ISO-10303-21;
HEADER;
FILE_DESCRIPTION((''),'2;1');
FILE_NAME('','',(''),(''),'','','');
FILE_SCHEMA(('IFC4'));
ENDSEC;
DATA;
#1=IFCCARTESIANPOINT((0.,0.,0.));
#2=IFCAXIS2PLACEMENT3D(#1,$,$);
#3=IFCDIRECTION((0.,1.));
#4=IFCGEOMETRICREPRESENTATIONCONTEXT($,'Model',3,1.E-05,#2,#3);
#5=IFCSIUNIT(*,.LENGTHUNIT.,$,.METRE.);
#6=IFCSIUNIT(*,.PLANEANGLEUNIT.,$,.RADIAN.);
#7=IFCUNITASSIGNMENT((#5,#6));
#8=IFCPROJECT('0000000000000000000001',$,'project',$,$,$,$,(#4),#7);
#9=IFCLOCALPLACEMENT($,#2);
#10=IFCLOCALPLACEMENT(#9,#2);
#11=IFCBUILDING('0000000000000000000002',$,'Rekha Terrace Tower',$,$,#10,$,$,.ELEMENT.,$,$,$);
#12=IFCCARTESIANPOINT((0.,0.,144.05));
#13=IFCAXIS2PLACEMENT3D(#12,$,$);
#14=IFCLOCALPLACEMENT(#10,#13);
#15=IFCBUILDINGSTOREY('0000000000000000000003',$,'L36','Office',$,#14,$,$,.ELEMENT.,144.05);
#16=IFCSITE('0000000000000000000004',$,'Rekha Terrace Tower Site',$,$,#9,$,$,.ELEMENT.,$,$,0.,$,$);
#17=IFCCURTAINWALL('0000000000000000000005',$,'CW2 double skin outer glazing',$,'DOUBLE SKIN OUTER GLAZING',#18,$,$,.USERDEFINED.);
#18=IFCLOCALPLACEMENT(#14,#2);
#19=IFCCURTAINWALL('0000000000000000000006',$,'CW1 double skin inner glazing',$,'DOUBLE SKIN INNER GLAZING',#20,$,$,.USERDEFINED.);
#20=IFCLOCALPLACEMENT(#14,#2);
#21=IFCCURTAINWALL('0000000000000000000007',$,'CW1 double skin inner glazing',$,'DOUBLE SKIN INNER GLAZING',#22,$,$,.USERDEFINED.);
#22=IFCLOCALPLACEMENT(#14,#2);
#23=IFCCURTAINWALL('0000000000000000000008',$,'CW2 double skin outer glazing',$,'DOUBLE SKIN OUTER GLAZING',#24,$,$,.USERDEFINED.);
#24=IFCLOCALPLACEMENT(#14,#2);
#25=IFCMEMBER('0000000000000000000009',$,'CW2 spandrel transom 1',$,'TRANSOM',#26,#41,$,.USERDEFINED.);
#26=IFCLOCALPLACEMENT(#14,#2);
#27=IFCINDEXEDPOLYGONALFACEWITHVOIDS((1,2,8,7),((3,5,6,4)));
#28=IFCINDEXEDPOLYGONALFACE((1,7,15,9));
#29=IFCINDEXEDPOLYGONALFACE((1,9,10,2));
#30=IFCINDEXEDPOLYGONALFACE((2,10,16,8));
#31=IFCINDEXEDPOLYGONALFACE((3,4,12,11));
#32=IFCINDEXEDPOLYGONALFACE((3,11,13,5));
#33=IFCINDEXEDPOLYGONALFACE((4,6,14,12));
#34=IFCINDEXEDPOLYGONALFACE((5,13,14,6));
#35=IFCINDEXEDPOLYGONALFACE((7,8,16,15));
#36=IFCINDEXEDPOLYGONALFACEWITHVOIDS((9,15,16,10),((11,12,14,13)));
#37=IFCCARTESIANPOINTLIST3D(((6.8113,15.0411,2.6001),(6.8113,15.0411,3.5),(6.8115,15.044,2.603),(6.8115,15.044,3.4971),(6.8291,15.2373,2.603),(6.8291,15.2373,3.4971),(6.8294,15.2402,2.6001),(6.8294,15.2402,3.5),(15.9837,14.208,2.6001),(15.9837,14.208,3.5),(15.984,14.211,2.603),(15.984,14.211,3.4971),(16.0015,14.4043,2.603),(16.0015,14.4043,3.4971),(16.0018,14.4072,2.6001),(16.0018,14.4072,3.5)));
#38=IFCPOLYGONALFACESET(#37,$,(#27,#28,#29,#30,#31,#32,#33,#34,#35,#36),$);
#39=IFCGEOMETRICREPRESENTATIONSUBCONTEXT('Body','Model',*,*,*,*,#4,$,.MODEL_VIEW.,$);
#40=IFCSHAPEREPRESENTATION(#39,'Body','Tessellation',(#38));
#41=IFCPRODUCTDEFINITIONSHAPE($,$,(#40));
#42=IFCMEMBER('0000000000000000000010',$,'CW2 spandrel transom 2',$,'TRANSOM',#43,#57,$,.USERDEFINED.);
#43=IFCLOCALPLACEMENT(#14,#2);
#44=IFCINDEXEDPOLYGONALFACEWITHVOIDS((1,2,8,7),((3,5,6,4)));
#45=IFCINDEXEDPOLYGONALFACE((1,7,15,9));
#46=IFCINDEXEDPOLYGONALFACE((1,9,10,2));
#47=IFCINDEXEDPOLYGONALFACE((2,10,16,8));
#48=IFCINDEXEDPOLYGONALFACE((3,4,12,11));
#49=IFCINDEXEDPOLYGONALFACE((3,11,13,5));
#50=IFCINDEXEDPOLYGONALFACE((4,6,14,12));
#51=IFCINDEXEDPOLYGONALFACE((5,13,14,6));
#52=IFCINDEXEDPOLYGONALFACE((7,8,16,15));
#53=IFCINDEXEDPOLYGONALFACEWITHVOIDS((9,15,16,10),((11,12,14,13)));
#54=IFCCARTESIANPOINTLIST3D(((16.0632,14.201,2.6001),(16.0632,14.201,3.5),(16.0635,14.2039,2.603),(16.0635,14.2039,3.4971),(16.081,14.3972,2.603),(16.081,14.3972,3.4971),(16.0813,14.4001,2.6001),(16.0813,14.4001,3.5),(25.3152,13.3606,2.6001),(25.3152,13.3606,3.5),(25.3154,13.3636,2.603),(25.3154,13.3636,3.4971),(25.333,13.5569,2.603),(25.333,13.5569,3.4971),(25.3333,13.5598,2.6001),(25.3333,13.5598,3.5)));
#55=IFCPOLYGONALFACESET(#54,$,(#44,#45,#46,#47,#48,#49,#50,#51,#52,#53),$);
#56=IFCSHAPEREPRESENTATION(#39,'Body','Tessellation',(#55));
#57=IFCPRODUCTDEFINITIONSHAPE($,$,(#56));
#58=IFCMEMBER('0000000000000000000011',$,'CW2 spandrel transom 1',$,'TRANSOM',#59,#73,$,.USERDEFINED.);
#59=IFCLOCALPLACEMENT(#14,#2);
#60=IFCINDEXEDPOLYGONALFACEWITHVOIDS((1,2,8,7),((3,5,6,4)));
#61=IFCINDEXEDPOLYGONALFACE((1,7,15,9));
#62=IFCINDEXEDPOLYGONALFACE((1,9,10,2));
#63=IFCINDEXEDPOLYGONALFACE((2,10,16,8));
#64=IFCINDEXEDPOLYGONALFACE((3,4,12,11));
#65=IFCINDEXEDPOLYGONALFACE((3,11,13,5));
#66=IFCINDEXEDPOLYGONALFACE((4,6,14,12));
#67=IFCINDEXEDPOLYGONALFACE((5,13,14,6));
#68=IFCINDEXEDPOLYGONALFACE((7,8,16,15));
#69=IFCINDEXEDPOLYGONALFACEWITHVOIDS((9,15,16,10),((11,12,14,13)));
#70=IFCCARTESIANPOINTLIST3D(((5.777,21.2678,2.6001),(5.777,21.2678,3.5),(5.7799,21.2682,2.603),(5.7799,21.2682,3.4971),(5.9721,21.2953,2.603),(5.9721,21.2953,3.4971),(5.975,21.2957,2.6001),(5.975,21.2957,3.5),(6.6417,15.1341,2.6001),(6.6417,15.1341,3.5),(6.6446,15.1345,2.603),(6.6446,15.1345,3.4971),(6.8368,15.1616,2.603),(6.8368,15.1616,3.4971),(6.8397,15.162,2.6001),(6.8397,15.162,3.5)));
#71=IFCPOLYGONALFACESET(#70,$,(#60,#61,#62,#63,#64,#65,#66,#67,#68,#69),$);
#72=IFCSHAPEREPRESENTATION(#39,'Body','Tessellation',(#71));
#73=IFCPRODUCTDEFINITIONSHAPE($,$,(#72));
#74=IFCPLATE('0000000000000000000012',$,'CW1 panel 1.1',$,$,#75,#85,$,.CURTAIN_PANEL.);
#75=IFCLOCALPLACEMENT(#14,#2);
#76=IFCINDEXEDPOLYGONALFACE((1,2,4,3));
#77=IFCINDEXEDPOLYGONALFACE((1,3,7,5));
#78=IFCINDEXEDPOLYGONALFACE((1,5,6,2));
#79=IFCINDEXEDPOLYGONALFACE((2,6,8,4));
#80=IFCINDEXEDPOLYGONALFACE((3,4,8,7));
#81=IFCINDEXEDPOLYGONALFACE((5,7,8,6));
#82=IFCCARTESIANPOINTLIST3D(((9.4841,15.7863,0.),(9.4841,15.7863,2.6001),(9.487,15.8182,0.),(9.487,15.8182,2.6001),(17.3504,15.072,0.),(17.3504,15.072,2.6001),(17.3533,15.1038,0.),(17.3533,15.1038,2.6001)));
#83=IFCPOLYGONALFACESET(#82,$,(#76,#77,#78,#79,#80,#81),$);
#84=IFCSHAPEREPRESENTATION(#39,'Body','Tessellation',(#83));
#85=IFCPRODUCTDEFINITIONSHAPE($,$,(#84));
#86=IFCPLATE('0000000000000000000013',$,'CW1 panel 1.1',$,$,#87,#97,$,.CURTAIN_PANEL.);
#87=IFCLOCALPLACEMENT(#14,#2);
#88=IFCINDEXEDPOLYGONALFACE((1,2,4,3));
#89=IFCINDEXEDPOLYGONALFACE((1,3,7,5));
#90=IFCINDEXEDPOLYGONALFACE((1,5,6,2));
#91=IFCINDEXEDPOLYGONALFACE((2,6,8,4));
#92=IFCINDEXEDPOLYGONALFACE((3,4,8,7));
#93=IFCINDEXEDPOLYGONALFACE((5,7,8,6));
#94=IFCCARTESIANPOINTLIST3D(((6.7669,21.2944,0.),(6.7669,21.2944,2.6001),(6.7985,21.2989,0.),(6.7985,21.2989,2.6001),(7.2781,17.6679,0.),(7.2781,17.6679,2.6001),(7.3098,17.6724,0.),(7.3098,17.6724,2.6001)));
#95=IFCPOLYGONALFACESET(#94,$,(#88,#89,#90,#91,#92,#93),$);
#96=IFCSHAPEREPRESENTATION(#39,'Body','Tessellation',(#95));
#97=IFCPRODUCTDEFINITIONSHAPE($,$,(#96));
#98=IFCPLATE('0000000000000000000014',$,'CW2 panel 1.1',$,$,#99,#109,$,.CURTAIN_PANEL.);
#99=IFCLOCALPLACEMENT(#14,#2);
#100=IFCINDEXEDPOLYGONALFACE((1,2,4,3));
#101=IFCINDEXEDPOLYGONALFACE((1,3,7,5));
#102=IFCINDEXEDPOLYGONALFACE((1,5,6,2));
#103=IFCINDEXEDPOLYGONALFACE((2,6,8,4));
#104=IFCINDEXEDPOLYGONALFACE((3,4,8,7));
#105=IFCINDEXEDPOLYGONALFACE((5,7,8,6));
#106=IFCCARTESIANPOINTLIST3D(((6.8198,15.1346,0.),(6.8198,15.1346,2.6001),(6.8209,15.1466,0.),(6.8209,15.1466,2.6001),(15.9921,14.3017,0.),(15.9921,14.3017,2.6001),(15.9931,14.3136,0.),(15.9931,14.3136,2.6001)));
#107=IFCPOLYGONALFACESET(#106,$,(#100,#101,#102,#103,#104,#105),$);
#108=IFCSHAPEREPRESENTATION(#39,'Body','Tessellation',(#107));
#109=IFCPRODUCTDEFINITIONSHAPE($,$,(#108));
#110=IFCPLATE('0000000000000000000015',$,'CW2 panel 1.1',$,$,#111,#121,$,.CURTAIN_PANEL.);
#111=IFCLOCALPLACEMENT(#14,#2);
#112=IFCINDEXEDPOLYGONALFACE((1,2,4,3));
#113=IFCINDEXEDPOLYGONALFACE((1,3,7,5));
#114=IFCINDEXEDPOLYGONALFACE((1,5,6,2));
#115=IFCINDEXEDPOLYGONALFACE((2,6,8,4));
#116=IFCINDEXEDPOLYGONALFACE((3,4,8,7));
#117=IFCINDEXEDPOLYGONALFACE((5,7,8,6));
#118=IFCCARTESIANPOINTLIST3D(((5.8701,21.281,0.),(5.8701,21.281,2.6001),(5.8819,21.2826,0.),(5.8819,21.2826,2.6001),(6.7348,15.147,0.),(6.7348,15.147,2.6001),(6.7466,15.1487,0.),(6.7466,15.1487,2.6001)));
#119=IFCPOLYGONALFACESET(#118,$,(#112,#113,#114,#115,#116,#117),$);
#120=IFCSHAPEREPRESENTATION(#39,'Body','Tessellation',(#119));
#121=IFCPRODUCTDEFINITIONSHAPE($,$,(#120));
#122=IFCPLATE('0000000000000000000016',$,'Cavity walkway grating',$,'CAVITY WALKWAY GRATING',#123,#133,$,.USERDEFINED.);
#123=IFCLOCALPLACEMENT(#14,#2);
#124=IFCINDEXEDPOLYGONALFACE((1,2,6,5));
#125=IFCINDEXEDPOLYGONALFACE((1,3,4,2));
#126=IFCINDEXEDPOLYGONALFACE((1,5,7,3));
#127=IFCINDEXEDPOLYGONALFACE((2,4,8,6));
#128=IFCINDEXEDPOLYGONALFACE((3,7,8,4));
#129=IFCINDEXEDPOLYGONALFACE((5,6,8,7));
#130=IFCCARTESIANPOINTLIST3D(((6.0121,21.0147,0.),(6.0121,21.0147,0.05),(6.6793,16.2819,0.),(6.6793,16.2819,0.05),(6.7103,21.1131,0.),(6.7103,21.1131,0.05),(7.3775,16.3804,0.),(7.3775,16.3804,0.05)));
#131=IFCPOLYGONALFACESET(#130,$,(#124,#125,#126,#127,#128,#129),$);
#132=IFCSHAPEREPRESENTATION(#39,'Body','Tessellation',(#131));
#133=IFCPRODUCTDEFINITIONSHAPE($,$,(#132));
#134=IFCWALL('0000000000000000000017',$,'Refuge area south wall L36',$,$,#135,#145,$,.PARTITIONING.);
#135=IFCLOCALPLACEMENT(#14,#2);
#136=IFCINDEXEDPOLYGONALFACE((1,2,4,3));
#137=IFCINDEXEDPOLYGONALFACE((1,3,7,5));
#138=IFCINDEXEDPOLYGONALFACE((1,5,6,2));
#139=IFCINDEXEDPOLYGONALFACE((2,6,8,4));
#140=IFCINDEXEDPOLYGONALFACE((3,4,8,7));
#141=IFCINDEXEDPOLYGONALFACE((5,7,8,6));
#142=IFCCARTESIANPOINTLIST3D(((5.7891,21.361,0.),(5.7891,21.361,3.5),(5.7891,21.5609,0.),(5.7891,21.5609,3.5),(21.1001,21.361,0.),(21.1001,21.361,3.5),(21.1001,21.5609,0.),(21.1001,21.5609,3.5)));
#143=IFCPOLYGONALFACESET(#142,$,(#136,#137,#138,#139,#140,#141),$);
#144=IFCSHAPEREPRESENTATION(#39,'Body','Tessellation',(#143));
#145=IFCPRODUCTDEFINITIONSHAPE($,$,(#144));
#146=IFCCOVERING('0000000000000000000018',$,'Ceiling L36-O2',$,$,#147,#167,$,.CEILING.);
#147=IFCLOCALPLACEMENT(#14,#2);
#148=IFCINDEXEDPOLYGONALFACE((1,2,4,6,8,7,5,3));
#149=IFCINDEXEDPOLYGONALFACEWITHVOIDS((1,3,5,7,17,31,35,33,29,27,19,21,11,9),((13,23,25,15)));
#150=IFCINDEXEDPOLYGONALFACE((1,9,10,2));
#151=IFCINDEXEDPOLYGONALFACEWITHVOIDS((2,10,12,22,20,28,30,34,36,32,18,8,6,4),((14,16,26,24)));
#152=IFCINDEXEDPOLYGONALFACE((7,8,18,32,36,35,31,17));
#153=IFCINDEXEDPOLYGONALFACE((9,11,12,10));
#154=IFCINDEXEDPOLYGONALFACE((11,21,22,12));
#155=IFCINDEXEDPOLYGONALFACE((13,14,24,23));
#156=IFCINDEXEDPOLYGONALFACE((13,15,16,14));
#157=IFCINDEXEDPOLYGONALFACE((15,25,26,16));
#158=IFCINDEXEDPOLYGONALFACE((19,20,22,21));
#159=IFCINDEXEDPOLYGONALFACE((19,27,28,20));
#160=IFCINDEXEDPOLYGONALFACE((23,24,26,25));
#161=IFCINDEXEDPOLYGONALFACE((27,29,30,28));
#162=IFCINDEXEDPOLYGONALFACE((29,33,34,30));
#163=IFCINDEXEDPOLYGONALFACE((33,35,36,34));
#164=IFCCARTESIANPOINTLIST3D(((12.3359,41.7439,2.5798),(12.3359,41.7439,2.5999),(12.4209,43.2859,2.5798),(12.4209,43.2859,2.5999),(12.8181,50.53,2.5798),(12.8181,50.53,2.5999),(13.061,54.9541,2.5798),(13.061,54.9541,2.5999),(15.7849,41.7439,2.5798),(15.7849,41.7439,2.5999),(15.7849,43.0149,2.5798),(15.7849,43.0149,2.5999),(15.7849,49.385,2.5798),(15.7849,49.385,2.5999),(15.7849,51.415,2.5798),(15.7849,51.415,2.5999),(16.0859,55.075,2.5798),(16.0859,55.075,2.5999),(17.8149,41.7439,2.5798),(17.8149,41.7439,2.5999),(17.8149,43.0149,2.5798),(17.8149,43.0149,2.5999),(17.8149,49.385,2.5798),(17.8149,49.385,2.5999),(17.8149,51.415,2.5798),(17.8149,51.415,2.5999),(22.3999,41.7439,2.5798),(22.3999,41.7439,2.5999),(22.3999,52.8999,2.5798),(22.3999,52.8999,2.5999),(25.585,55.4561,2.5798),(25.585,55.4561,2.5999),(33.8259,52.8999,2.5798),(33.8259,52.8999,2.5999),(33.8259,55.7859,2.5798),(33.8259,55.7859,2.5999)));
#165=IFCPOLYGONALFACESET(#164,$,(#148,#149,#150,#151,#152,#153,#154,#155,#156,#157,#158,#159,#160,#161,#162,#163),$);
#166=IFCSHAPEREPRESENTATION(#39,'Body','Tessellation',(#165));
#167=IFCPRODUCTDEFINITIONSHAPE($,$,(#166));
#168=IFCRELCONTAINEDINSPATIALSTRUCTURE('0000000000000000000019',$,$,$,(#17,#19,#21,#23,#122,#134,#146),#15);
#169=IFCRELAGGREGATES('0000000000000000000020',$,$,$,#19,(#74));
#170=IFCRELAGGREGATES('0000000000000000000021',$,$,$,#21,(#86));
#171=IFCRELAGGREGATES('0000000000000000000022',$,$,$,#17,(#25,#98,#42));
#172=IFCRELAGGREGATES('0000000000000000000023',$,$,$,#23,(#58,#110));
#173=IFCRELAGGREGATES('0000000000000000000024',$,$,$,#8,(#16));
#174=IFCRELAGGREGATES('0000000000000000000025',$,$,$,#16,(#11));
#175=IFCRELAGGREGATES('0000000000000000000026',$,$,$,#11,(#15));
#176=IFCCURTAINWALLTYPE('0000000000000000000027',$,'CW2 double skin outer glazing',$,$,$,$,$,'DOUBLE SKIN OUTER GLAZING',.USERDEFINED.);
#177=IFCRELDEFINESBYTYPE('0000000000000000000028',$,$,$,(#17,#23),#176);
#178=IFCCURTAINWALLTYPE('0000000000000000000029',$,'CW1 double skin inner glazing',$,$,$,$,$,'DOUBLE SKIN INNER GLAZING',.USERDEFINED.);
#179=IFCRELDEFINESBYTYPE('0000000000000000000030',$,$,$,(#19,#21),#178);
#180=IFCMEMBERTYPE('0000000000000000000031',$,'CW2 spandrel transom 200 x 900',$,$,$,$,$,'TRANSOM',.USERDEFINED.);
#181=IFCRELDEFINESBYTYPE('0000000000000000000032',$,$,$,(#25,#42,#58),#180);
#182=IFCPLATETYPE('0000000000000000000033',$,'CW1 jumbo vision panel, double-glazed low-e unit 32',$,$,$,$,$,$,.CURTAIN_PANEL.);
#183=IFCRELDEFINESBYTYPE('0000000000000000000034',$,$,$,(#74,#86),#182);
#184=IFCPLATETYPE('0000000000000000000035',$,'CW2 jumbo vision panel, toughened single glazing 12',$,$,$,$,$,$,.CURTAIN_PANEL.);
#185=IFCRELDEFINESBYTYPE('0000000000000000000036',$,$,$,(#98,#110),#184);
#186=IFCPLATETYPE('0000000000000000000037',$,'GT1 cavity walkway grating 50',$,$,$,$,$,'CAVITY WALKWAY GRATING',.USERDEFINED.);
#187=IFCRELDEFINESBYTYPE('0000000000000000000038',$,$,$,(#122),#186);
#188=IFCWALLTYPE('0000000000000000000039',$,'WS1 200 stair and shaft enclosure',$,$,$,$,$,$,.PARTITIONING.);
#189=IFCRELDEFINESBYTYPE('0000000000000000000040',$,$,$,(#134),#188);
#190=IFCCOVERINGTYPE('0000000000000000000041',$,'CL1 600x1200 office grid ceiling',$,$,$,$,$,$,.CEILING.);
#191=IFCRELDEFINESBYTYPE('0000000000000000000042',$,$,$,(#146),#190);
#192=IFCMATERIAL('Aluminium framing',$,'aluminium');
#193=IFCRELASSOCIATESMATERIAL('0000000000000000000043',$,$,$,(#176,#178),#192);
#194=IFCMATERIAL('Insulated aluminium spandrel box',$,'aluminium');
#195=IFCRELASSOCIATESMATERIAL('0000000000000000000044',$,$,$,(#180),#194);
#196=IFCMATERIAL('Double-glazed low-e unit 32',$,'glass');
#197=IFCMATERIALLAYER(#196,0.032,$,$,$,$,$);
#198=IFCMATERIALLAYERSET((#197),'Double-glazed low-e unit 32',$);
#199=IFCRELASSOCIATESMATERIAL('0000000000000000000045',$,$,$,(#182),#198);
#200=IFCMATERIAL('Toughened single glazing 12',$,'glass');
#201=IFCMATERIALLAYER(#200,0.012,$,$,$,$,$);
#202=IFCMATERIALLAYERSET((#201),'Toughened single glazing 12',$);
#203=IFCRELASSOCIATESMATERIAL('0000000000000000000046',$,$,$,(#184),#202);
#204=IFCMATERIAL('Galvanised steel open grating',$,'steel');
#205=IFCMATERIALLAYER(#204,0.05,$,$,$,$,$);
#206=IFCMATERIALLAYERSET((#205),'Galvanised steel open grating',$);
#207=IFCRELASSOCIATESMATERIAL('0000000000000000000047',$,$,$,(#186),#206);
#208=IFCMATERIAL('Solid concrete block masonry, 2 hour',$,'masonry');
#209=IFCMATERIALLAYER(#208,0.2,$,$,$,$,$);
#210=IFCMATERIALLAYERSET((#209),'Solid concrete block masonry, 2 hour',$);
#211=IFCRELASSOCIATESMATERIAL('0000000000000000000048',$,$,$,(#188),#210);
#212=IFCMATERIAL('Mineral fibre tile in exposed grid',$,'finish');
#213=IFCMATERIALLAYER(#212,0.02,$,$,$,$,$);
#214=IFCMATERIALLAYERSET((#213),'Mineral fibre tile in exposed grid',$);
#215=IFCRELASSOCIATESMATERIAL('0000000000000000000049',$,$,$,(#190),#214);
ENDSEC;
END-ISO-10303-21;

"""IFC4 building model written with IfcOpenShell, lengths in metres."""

from ifc_helpers import new_model, si_unit, direction, frame, frame_2d, origin, origin_2d, place, context, subcontext, project, spatial, polyline, rectangle, hollow_rectangle, outline, extrude, material, layer, layer_set, material_profile, profile_set, type_object, element, aggregate, save


model = new_model("IFC4")

# Units and contexts
model_context = context("Model", 3, precision=1e-05, world=origin(), true_north=direction((0.0, 1.0)))
body_context = subcontext(model_context, "Body", "Model", "MODEL_VIEW")
ifc_project = project(units=[si_unit("LENGTHUNIT", "METRE"), si_unit("PLANEANGLEUNIT", "RADIAN")], contexts=[model_context])

# Site, building, storey
site_placement = place(None, origin())
site = spatial("IfcSite", under=ifc_project, at=site_placement, Name="Rekha Terrace Tower Site", CompositionType="ELEMENT", RefElevation=0.0)
building_placement = place(site_placement, origin())
building = spatial("IfcBuilding", under=site, at=building_placement, Name="Rekha Terrace Tower", CompositionType="ELEMENT")
storey_placement = place(building_placement, frame((0.0, 0.0, 144.05)))
storey = spatial("IfcBuildingStorey", under=building, at=storey_placement, Name="L36", Description="Office", CompositionType="ELEMENT", Elevation=144.05)

# Curtain walls
ifc_material_1 = material(Name="Aluminium framing", Category="aluminium")
curtain_wall_type_1 = type_object("IfcCurtainWallType", Name="CW2 double skin outer glazing", ElementType="DOUBLE SKIN OUTER GLAZING", PredefinedType="USERDEFINED", material=ifc_material_1)
curtain_wall_1_placement = place(storey_placement, origin())
curtain_wall_1 = element("IfcCurtainWall", 1, at=curtain_wall_1_placement, inside=storey, type_object=curtain_wall_type_1, Name="CW2 double skin outer glazing", ObjectType="DOUBLE SKIN OUTER GLAZING", PredefinedType="USERDEFINED")
curtain_wall_type_2 = type_object("IfcCurtainWallType", Name="CW1 double skin inner glazing", ElementType="DOUBLE SKIN INNER GLAZING", PredefinedType="USERDEFINED", material=ifc_material_1)
curtain_wall_2_placement = place(storey_placement, origin())
curtain_wall_2 = element("IfcCurtainWall", 2, at=curtain_wall_2_placement, inside=storey, type_object=curtain_wall_type_2, Name="CW1 double skin inner glazing", ObjectType="DOUBLE SKIN INNER GLAZING", PredefinedType="USERDEFINED")

# Curtain wall
curtain_wall_3_placement = place(storey_placement, origin())
curtain_wall_3 = element("IfcCurtainWall", 3, at=curtain_wall_3_placement, inside=storey, type_object=curtain_wall_type_2, Name="CW1 double skin inner glazing", ObjectType="DOUBLE SKIN INNER GLAZING", PredefinedType="USERDEFINED")

# Shared definitions
ifc_material_2 = material(Name="Insulated aluminium spandrel box", Category="aluminium")

# Curtain wall
curtain_wall_4_placement = place(storey_placement, origin())
curtain_wall_4 = element("IfcCurtainWall", 4, at=curtain_wall_4_placement, inside=storey, type_object=curtain_wall_type_1, Name="CW2 double skin outer glazing", ObjectType="DOUBLE SKIN OUTER GLAZING", PredefinedType="USERDEFINED")

# Members
ifc_material_profile_1 = material_profile(ifc_material_2, hollow_rectangle(XDim=0.2, YDim=0.8999, WallThickness=0.0029, at=origin_2d()), Name="AL SPANDREL BOX 200x900")
ifc_profile_set_1 = profile_set([ifc_material_profile_1], Name="Insulated aluminium spandrel box")
member_type_1 = type_object("IfcMemberType", Name="CW2 spandrel transom 200 x 900", ElementType="TRANSOM", PredefinedType="USERDEFINED", material=ifc_profile_set_1)
member_1_placement = place(storey_placement, frame((6.8203, 15.1406, 3.05), z_axis=(0.995901, -0.090445, 0.0), x_axis=(0.090445, 0.995901, 0.0)))
member_1 = element("IfcMember", 5, at=member_1_placement, type_object=member_type_1, Name="CW2 spandrel transom 1", ObjectType="TRANSOM", PredefinedType="USERDEFINED", context=body_context, shape_type="SweptSolid", body=[
    extrude(hollow_rectangle(XDim=0.2, YDim=0.8999, WallThickness=0.0029, at=origin_2d()), origin(), (0.0, 0.0, 1.0), 9.2102),
])
member_2_placement = place(storey_placement, frame((16.0723, 14.3005, 3.05), z_axis=(0.995901, -0.090455, 0.0), x_axis=(0.090455, 0.995901, 0.0)))
member_2 = element("IfcMember", 6, at=member_2_placement, type_object=member_type_1, Name="CW2 spandrel transom 2", ObjectType="TRANSOM", PredefinedType="USERDEFINED", context=body_context, shape_type="SweptSolid", body=[
    extrude(hollow_rectangle(XDim=0.2, YDim=0.8999, WallThickness=0.0029, at=origin_2d()), origin(), (0.0, 0.0, 1.0), 9.29),
])
member_3_placement = place(storey_placement, frame((5.876, 21.2817, 3.05), z_axis=(0.1396, -0.990208, 0.0), x_axis=(0.990208, 0.1396, 0.0)))
member_3 = element("IfcMember", 7, at=member_3_placement, type_object=member_type_1, Name="CW2 spandrel transom 1", ObjectType="TRANSOM", PredefinedType="USERDEFINED", context=body_context, shape_type="SweptSolid", body=[
    extrude(hollow_rectangle(XDim=0.2, YDim=0.8999, WallThickness=0.0029, at=origin_2d()), origin(), (0.0, 0.0, 1.0), 6.1943),
])

# Plates
ifc_material_3 = material(Name="Double-glazed low-e unit 32", Category="glass")
ifc_layer_1 = layer(ifc_material_3, 0.032)
ifc_layer_set_1 = layer_set([ifc_layer_1], Name="Double-glazed low-e unit 32")
plate_type_1 = type_object("IfcPlateType", Name="CW1 jumbo vision panel, double-glazed low-e unit 32", PredefinedType="CURTAIN_PANEL", material=ifc_layer_set_1)
plate_1_placement = place(storey_placement, frame((13.4187, 15.4451, 0.0), z_axis=(0.0, 0.0, 1.0), x_axis=(0.995902, -0.09044, 0.0)))
plate_1 = element("IfcPlate", 8, at=plate_1_placement, type_object=plate_type_1, Name="CW1 panel 1.1", PredefinedType="CURTAIN_PANEL", context=body_context, shape_type="SweptSolid", body=[
    extrude(rectangle(XDim=7.8987, YDim=0.032, at=origin_2d()), origin(), (0.0, 0.0, 1.0), 2.6001),
])
aggregate(curtain_wall_2, [plate_1])
plate_2_placement = place(storey_placement, frame((7.0383, 19.4834, 0.0), z_axis=(0.0, 0.0, 1.0), x_axis=(0.139597, -0.990208, 0.0)))
plate_2 = element("IfcPlate", 9, at=plate_2_placement, type_object=plate_type_1, Name="CW1 panel 1.1", PredefinedType="CURTAIN_PANEL", context=body_context, shape_type="SweptSolid", body=[
    extrude(rectangle(XDim=3.6624, YDim=0.032, at=origin_2d()), origin(), (0.0, 0.0, 1.0), 2.6001),
])
aggregate(curtain_wall_3, [plate_2])
ifc_material_4 = material(Name="Toughened single glazing 12", Category="glass")
ifc_layer_2 = layer(ifc_material_4, 0.012)
ifc_layer_set_2 = layer_set([ifc_layer_2], Name="Toughened single glazing 12")
plate_type_2 = type_object("IfcPlateType", Name="CW2 jumbo vision panel, toughened single glazing 12", PredefinedType="CURTAIN_PANEL", material=ifc_layer_set_2)
plate_3_placement = place(storey_placement, frame((11.4065, 14.7241, 0.0), z_axis=(0.0, 0.0, 1.0), x_axis=(0.995902, -0.09044, 0.0)))
plate_3 = element("IfcPlate", 10, at=plate_3_placement, type_object=plate_type_2, Name="CW2 panel 1.1", PredefinedType="CURTAIN_PANEL", context=body_context, shape_type="SweptSolid", body=[
    extrude(rectangle(XDim=9.21, YDim=0.012, at=origin_2d()), origin(), (0.0, 0.0, 1.0), 2.6001),
])
aggregate(curtain_wall_1, [member_1, plate_3, member_2])
plate_4_placement = place(storey_placement, frame((6.3083, 18.2148, 0.0), z_axis=(0.0, 0.0, 1.0), x_axis=(0.139597, -0.990208, 0.0)))
plate_4 = element("IfcPlate", 11, at=plate_4_placement, type_object=plate_type_2, Name="CW2 panel 1.1", PredefinedType="CURTAIN_PANEL", context=body_context, shape_type="SweptSolid", body=[
    extrude(rectangle(XDim=6.1946, YDim=0.012, at=origin_2d()), origin(), (0.0, 0.0, 1.0), 2.6001),
])
aggregate(curtain_wall_4, [member_3, plate_4])
ifc_material_5 = material(Name="Galvanised steel open grating", Category="steel")
ifc_layer_3 = layer(ifc_material_5, 0.05)
ifc_layer_set_3 = layer_set([ifc_layer_3], Name="Galvanised steel open grating")
plate_type_3 = type_object("IfcPlateType", Name="GT1 cavity walkway grating 50", ElementType="CAVITY WALKWAY GRATING", PredefinedType="USERDEFINED", material=ifc_layer_set_3)
plate_5_placement = place(storey_placement, frame((6.6948, 18.6975, 0.0), z_axis=(0.0, 0.0, 1.0), x_axis=(0.139597, -0.990208, 0.0)))
element("IfcPlate", 12, at=plate_5_placement, inside=storey, type_object=plate_type_3, Name="Cavity walkway grating", ObjectType="CAVITY WALKWAY GRATING", PredefinedType="USERDEFINED", context=body_context, shape_type="SweptSolid", body=[
    extrude(rectangle(XDim=4.7795, YDim=0.7051, at=origin_2d()), origin(), (0.0, 0.0, 1.0), 0.05),
])

# Wall
ifc_material_6 = material(Name="Solid concrete block masonry, 2 hour", Category="masonry")
ifc_layer_4 = layer(ifc_material_6, 0.2)
ifc_layer_set_4 = layer_set([ifc_layer_4], Name="Solid concrete block masonry, 2 hour")
wall_type = type_object("IfcWallType", Name="WS1 200 stair and shaft enclosure", PredefinedType="PARTITIONING", material=ifc_layer_set_4)
wall_placement = place(storey_placement, frame((5.7891, 21.4609, 0.0), z_axis=(0.0, 0.0, 1.0), x_axis=(1.0, 0.0, 0.0)))
element("IfcWall", 13, at=wall_placement, inside=storey, type_object=wall_type, Name="Refuge area south wall L36", PredefinedType="PARTITIONING", context=body_context, shape_type="SweptSolid", body=[
    extrude(rectangle(XDim=15.311, YDim=0.2, at=frame_2d((7.6555, 0.0))), origin(), (0.0, 0.0, 1.0), 3.5),
])

# Covering
ifc_material_7 = material(Name="Mineral fibre tile in exposed grid", Category="finish")
ifc_layer_5 = layer(ifc_material_7, 0.02)
ifc_layer_set_5 = layer_set([ifc_layer_5], Name="Mineral fibre tile in exposed grid")
covering_type_1 = type_object("IfcCoveringType", Name="CL1 600x1200 office grid ceiling", PredefinedType="CEILING", material=ifc_layer_set_5)
covering_1_placement = place(storey_placement, frame((0.0, 0.0, 2.5798)))
element("IfcCovering", 14, at=covering_1_placement, inside=storey, type_object=covering_type_1, Name="Ceiling L36-O2", PredefinedType="CEILING", context=body_context, shape_type="SweptSolid", body=[
    extrude(outline(polyline([(12.8181, 50.53), (12.4209, 43.2859), (12.3359, 41.7439), (15.7849, 41.7439), (15.7849, 43.0149), (17.8149, 43.0149), (17.8149, 41.7439), (22.3999, 41.7439), (22.3999, 52.8999), (33.8259, 52.8999), (33.8259, 55.7859), (25.585, 55.4561), (16.0859, 55.075), (13.061, 54.9541), (12.8181, 50.53)]), holes=[polyline([(17.8149, 49.385), (15.7849, 49.385), (15.7849, 51.415), (17.8149, 51.415), (17.8149, 49.385)])]), origin(), (0.0, 0.0, 1.0), 0.02),
])

save(model, "model.ifc")
